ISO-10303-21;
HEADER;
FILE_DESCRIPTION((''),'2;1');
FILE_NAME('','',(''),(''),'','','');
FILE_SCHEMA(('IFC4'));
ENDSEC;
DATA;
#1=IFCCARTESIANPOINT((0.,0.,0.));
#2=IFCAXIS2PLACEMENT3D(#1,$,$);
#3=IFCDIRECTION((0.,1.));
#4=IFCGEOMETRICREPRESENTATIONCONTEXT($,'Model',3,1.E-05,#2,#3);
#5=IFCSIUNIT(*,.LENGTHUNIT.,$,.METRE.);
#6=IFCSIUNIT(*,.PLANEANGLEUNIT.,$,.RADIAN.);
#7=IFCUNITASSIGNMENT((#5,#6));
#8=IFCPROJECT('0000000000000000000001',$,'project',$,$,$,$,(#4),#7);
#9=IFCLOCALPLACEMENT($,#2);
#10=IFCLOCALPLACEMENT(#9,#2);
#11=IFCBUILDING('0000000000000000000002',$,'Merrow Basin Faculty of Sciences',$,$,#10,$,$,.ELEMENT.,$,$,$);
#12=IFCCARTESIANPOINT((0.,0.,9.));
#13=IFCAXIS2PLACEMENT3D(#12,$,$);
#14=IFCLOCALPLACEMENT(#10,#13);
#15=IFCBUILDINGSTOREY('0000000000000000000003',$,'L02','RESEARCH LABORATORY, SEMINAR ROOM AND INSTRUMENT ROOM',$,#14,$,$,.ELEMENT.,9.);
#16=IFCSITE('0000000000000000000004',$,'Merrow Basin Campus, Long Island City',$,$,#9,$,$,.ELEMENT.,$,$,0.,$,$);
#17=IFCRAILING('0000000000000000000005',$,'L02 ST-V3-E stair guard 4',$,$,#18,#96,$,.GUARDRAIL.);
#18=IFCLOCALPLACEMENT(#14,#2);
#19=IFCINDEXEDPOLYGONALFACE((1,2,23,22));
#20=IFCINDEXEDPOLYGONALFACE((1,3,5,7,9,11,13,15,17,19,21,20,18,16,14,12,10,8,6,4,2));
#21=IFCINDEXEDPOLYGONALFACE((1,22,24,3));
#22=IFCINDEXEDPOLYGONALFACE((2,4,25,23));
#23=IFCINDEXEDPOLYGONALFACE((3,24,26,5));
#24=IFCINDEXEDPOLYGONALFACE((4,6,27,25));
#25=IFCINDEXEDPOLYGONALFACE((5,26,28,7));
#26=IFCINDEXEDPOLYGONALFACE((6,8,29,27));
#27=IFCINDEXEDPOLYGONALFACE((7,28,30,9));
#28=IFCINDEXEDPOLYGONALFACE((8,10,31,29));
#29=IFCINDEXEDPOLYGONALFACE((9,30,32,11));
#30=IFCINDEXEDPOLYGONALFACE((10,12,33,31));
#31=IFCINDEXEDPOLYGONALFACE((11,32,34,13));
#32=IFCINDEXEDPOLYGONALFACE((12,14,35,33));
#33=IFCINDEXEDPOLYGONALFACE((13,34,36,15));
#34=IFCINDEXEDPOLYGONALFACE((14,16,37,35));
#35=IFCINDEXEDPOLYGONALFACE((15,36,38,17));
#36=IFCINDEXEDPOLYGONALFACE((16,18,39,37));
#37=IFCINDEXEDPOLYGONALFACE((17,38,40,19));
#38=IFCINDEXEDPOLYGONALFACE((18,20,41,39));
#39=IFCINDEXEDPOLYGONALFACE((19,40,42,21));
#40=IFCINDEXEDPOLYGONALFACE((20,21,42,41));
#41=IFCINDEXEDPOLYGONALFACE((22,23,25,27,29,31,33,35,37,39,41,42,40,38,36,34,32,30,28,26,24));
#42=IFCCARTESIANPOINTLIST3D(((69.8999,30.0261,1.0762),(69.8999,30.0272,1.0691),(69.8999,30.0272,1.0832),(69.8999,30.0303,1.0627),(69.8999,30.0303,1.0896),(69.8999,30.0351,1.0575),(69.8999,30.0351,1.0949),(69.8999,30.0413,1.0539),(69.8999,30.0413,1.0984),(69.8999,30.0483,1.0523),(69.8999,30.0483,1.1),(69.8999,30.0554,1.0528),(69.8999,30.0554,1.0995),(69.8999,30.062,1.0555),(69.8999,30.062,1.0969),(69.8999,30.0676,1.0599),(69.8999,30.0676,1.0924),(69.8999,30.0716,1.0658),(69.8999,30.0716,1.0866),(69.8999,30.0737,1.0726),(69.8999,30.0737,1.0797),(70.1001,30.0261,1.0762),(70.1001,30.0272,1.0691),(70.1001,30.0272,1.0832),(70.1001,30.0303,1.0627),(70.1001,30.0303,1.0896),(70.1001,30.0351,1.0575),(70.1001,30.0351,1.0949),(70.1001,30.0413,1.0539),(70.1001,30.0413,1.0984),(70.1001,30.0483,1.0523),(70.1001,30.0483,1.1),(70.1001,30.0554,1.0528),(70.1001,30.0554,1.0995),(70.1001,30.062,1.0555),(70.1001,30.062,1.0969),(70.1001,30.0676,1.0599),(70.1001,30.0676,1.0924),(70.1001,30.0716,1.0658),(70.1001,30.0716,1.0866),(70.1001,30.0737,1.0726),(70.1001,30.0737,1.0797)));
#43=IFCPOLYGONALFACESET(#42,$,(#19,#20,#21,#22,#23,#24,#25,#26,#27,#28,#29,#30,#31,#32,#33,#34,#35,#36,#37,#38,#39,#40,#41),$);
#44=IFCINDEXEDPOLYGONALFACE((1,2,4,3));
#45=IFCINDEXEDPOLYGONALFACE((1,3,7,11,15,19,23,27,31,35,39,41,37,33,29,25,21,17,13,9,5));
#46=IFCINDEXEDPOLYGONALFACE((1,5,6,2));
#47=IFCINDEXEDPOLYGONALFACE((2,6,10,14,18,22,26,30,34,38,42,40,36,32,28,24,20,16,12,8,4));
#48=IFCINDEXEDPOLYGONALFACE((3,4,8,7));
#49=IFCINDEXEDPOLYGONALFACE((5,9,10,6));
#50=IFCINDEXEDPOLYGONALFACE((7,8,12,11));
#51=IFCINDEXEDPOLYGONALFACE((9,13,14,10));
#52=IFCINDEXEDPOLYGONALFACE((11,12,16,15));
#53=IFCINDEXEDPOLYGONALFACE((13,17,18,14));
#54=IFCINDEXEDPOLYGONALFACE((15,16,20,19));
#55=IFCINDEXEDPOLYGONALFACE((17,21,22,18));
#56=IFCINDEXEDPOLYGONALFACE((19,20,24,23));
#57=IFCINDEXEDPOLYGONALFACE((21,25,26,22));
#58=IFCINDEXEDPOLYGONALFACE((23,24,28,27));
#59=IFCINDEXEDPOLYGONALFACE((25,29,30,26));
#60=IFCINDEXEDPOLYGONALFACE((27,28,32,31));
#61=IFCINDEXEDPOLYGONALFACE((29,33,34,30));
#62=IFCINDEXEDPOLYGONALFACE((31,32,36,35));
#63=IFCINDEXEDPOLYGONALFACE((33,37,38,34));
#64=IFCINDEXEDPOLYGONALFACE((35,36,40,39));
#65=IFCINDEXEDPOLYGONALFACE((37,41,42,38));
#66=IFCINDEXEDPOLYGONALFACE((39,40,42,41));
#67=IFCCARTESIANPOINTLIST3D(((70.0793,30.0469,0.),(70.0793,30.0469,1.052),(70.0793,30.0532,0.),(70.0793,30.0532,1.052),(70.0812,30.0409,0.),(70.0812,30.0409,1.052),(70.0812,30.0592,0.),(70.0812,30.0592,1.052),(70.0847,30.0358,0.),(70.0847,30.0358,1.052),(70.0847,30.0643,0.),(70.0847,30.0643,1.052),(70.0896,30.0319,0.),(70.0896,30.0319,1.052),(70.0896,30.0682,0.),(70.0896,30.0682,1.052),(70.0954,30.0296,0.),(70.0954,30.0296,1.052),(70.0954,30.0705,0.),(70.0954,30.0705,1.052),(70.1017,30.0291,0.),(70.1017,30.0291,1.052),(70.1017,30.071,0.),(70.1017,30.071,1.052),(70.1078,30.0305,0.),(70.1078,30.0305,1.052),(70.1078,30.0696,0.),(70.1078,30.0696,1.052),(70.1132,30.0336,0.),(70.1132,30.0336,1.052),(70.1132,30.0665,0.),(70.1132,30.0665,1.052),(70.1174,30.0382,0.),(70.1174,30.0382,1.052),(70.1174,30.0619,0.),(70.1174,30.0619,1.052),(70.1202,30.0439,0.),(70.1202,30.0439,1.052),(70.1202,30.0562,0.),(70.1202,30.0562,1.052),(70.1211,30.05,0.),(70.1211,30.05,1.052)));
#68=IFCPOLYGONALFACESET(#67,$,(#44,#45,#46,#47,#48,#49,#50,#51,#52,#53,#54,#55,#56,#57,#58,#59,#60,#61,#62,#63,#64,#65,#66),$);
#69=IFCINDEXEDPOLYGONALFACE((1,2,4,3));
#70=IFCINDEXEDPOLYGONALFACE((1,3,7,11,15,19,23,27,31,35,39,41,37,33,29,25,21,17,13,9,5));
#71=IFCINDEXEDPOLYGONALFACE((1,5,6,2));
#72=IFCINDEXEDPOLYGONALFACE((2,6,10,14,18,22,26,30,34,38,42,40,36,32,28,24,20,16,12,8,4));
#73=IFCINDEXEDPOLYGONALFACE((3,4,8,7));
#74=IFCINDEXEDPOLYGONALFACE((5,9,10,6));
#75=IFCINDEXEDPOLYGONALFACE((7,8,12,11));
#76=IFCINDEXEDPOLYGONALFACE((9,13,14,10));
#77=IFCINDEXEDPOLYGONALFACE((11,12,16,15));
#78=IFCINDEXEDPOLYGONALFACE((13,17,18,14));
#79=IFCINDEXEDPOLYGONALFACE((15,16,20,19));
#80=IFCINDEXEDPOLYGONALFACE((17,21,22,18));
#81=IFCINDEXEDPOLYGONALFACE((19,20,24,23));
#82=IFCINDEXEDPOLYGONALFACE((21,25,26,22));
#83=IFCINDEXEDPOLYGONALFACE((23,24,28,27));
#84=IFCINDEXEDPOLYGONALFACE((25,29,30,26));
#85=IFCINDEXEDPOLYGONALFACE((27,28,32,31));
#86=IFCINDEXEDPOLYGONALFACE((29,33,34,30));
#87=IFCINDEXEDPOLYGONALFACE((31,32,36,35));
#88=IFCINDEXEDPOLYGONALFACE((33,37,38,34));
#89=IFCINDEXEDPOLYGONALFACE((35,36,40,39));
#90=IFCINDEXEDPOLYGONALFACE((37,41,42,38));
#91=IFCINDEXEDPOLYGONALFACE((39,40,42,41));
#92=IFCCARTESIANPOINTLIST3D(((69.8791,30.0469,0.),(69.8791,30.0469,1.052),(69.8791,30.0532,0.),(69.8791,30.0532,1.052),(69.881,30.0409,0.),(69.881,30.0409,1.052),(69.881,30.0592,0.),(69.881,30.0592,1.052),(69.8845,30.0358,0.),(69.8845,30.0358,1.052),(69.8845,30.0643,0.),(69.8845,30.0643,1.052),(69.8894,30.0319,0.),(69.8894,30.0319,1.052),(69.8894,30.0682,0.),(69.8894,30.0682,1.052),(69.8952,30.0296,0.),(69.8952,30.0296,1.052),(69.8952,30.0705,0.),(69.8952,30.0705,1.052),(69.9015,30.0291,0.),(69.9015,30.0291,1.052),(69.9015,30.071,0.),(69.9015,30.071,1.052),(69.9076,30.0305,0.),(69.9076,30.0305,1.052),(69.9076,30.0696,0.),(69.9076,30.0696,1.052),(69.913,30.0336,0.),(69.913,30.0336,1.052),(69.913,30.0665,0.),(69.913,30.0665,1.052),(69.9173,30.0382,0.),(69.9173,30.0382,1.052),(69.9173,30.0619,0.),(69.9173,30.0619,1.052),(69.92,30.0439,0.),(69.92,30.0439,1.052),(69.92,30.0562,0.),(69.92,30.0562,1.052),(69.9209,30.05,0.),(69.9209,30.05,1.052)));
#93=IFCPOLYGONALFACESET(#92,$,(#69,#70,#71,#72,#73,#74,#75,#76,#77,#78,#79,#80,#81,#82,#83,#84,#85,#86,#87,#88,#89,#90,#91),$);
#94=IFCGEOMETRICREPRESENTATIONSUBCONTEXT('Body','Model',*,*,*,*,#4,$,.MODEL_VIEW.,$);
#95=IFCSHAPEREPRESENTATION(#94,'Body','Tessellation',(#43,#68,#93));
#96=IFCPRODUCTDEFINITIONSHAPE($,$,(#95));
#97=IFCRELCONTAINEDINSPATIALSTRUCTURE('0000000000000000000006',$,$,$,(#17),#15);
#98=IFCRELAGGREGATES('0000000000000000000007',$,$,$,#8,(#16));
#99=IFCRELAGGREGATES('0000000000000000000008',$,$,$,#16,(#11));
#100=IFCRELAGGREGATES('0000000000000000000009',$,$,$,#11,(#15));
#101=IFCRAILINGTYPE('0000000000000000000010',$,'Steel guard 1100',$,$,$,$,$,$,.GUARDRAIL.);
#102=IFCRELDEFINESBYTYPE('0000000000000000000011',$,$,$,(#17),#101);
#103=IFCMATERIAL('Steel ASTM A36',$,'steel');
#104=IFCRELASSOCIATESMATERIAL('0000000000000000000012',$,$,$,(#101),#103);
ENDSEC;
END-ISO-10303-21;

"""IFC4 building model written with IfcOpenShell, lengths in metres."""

from ifc_helpers import new_model, si_unit, direction, frame, origin, origin_2d, place, context, subcontext, project, spatial, circle, extrude, material, type_object, element, save


model = new_model("IFC4")

# Units and contexts
model_context = context("Model", 3, precision=1e-05, world=origin(), true_north=direction((0.0, 1.0)))
body_context = subcontext(model_context, "Body", "Model", "MODEL_VIEW")
ifc_project = project(units=[si_unit("LENGTHUNIT", "METRE"), si_unit("PLANEANGLEUNIT", "RADIAN")], contexts=[model_context])

# Site, building, storey
site_placement = place(None, origin())
site = spatial("IfcSite", under=ifc_project, at=site_placement, Name="Merrow Basin Campus, Long Island City", CompositionType="ELEMENT", RefElevation=0.0)
building_placement = place(site_placement, origin())
building = spatial("IfcBuilding", under=site, at=building_placement, Name="Merrow Basin Faculty of Sciences", CompositionType="ELEMENT")
storey_placement = place(building_placement, frame((0.0, 0.0, 9.0)))
storey = spatial("IfcBuildingStorey", under=building, at=storey_placement, Name="L02", Description="RESEARCH LABORATORY, SEMINAR ROOM AND INSTRUMENT ROOM", CompositionType="ELEMENT", Elevation=9.0)

# Railing
ifc_material_1 = material(Name="Steel ASTM A36", Category="steel")
railing_type_1 = type_object("IfcRailingType", Name="Steel guard 1100", PredefinedType="GUARDRAIL", material=ifc_material_1)
railing_1_placement = place(storey_placement, frame((70.1001, 30.05, 0.0)))
element("IfcRailing", 1, at=railing_1_placement, inside=storey, type_object=railing_type_1, Name="L02 ST-V3-E stair guard 4", PredefinedType="GUARDRAIL", context=body_context, shape_type="SweptSolid", body=[
    extrude(circle(Radius=0.0239, at=origin_2d()), frame((0.0, 0.0, 1.0762), z_axis=(-1.0, 0.0, 0.0), x_axis=(0.0, -1.0, 0.0)), (0.0, 0.0, 1.0), 0.2002),
    extrude(circle(Radius=0.021, at=origin_2d()), origin(), (0.0, 0.0, 1.0), 1.052),
    extrude(circle(Radius=0.021, at=origin_2d()), frame((-0.2002, 0.0, 0.0)), (0.0, 0.0, 1.0), 1.052),
])

save(model, "model.ifc")
